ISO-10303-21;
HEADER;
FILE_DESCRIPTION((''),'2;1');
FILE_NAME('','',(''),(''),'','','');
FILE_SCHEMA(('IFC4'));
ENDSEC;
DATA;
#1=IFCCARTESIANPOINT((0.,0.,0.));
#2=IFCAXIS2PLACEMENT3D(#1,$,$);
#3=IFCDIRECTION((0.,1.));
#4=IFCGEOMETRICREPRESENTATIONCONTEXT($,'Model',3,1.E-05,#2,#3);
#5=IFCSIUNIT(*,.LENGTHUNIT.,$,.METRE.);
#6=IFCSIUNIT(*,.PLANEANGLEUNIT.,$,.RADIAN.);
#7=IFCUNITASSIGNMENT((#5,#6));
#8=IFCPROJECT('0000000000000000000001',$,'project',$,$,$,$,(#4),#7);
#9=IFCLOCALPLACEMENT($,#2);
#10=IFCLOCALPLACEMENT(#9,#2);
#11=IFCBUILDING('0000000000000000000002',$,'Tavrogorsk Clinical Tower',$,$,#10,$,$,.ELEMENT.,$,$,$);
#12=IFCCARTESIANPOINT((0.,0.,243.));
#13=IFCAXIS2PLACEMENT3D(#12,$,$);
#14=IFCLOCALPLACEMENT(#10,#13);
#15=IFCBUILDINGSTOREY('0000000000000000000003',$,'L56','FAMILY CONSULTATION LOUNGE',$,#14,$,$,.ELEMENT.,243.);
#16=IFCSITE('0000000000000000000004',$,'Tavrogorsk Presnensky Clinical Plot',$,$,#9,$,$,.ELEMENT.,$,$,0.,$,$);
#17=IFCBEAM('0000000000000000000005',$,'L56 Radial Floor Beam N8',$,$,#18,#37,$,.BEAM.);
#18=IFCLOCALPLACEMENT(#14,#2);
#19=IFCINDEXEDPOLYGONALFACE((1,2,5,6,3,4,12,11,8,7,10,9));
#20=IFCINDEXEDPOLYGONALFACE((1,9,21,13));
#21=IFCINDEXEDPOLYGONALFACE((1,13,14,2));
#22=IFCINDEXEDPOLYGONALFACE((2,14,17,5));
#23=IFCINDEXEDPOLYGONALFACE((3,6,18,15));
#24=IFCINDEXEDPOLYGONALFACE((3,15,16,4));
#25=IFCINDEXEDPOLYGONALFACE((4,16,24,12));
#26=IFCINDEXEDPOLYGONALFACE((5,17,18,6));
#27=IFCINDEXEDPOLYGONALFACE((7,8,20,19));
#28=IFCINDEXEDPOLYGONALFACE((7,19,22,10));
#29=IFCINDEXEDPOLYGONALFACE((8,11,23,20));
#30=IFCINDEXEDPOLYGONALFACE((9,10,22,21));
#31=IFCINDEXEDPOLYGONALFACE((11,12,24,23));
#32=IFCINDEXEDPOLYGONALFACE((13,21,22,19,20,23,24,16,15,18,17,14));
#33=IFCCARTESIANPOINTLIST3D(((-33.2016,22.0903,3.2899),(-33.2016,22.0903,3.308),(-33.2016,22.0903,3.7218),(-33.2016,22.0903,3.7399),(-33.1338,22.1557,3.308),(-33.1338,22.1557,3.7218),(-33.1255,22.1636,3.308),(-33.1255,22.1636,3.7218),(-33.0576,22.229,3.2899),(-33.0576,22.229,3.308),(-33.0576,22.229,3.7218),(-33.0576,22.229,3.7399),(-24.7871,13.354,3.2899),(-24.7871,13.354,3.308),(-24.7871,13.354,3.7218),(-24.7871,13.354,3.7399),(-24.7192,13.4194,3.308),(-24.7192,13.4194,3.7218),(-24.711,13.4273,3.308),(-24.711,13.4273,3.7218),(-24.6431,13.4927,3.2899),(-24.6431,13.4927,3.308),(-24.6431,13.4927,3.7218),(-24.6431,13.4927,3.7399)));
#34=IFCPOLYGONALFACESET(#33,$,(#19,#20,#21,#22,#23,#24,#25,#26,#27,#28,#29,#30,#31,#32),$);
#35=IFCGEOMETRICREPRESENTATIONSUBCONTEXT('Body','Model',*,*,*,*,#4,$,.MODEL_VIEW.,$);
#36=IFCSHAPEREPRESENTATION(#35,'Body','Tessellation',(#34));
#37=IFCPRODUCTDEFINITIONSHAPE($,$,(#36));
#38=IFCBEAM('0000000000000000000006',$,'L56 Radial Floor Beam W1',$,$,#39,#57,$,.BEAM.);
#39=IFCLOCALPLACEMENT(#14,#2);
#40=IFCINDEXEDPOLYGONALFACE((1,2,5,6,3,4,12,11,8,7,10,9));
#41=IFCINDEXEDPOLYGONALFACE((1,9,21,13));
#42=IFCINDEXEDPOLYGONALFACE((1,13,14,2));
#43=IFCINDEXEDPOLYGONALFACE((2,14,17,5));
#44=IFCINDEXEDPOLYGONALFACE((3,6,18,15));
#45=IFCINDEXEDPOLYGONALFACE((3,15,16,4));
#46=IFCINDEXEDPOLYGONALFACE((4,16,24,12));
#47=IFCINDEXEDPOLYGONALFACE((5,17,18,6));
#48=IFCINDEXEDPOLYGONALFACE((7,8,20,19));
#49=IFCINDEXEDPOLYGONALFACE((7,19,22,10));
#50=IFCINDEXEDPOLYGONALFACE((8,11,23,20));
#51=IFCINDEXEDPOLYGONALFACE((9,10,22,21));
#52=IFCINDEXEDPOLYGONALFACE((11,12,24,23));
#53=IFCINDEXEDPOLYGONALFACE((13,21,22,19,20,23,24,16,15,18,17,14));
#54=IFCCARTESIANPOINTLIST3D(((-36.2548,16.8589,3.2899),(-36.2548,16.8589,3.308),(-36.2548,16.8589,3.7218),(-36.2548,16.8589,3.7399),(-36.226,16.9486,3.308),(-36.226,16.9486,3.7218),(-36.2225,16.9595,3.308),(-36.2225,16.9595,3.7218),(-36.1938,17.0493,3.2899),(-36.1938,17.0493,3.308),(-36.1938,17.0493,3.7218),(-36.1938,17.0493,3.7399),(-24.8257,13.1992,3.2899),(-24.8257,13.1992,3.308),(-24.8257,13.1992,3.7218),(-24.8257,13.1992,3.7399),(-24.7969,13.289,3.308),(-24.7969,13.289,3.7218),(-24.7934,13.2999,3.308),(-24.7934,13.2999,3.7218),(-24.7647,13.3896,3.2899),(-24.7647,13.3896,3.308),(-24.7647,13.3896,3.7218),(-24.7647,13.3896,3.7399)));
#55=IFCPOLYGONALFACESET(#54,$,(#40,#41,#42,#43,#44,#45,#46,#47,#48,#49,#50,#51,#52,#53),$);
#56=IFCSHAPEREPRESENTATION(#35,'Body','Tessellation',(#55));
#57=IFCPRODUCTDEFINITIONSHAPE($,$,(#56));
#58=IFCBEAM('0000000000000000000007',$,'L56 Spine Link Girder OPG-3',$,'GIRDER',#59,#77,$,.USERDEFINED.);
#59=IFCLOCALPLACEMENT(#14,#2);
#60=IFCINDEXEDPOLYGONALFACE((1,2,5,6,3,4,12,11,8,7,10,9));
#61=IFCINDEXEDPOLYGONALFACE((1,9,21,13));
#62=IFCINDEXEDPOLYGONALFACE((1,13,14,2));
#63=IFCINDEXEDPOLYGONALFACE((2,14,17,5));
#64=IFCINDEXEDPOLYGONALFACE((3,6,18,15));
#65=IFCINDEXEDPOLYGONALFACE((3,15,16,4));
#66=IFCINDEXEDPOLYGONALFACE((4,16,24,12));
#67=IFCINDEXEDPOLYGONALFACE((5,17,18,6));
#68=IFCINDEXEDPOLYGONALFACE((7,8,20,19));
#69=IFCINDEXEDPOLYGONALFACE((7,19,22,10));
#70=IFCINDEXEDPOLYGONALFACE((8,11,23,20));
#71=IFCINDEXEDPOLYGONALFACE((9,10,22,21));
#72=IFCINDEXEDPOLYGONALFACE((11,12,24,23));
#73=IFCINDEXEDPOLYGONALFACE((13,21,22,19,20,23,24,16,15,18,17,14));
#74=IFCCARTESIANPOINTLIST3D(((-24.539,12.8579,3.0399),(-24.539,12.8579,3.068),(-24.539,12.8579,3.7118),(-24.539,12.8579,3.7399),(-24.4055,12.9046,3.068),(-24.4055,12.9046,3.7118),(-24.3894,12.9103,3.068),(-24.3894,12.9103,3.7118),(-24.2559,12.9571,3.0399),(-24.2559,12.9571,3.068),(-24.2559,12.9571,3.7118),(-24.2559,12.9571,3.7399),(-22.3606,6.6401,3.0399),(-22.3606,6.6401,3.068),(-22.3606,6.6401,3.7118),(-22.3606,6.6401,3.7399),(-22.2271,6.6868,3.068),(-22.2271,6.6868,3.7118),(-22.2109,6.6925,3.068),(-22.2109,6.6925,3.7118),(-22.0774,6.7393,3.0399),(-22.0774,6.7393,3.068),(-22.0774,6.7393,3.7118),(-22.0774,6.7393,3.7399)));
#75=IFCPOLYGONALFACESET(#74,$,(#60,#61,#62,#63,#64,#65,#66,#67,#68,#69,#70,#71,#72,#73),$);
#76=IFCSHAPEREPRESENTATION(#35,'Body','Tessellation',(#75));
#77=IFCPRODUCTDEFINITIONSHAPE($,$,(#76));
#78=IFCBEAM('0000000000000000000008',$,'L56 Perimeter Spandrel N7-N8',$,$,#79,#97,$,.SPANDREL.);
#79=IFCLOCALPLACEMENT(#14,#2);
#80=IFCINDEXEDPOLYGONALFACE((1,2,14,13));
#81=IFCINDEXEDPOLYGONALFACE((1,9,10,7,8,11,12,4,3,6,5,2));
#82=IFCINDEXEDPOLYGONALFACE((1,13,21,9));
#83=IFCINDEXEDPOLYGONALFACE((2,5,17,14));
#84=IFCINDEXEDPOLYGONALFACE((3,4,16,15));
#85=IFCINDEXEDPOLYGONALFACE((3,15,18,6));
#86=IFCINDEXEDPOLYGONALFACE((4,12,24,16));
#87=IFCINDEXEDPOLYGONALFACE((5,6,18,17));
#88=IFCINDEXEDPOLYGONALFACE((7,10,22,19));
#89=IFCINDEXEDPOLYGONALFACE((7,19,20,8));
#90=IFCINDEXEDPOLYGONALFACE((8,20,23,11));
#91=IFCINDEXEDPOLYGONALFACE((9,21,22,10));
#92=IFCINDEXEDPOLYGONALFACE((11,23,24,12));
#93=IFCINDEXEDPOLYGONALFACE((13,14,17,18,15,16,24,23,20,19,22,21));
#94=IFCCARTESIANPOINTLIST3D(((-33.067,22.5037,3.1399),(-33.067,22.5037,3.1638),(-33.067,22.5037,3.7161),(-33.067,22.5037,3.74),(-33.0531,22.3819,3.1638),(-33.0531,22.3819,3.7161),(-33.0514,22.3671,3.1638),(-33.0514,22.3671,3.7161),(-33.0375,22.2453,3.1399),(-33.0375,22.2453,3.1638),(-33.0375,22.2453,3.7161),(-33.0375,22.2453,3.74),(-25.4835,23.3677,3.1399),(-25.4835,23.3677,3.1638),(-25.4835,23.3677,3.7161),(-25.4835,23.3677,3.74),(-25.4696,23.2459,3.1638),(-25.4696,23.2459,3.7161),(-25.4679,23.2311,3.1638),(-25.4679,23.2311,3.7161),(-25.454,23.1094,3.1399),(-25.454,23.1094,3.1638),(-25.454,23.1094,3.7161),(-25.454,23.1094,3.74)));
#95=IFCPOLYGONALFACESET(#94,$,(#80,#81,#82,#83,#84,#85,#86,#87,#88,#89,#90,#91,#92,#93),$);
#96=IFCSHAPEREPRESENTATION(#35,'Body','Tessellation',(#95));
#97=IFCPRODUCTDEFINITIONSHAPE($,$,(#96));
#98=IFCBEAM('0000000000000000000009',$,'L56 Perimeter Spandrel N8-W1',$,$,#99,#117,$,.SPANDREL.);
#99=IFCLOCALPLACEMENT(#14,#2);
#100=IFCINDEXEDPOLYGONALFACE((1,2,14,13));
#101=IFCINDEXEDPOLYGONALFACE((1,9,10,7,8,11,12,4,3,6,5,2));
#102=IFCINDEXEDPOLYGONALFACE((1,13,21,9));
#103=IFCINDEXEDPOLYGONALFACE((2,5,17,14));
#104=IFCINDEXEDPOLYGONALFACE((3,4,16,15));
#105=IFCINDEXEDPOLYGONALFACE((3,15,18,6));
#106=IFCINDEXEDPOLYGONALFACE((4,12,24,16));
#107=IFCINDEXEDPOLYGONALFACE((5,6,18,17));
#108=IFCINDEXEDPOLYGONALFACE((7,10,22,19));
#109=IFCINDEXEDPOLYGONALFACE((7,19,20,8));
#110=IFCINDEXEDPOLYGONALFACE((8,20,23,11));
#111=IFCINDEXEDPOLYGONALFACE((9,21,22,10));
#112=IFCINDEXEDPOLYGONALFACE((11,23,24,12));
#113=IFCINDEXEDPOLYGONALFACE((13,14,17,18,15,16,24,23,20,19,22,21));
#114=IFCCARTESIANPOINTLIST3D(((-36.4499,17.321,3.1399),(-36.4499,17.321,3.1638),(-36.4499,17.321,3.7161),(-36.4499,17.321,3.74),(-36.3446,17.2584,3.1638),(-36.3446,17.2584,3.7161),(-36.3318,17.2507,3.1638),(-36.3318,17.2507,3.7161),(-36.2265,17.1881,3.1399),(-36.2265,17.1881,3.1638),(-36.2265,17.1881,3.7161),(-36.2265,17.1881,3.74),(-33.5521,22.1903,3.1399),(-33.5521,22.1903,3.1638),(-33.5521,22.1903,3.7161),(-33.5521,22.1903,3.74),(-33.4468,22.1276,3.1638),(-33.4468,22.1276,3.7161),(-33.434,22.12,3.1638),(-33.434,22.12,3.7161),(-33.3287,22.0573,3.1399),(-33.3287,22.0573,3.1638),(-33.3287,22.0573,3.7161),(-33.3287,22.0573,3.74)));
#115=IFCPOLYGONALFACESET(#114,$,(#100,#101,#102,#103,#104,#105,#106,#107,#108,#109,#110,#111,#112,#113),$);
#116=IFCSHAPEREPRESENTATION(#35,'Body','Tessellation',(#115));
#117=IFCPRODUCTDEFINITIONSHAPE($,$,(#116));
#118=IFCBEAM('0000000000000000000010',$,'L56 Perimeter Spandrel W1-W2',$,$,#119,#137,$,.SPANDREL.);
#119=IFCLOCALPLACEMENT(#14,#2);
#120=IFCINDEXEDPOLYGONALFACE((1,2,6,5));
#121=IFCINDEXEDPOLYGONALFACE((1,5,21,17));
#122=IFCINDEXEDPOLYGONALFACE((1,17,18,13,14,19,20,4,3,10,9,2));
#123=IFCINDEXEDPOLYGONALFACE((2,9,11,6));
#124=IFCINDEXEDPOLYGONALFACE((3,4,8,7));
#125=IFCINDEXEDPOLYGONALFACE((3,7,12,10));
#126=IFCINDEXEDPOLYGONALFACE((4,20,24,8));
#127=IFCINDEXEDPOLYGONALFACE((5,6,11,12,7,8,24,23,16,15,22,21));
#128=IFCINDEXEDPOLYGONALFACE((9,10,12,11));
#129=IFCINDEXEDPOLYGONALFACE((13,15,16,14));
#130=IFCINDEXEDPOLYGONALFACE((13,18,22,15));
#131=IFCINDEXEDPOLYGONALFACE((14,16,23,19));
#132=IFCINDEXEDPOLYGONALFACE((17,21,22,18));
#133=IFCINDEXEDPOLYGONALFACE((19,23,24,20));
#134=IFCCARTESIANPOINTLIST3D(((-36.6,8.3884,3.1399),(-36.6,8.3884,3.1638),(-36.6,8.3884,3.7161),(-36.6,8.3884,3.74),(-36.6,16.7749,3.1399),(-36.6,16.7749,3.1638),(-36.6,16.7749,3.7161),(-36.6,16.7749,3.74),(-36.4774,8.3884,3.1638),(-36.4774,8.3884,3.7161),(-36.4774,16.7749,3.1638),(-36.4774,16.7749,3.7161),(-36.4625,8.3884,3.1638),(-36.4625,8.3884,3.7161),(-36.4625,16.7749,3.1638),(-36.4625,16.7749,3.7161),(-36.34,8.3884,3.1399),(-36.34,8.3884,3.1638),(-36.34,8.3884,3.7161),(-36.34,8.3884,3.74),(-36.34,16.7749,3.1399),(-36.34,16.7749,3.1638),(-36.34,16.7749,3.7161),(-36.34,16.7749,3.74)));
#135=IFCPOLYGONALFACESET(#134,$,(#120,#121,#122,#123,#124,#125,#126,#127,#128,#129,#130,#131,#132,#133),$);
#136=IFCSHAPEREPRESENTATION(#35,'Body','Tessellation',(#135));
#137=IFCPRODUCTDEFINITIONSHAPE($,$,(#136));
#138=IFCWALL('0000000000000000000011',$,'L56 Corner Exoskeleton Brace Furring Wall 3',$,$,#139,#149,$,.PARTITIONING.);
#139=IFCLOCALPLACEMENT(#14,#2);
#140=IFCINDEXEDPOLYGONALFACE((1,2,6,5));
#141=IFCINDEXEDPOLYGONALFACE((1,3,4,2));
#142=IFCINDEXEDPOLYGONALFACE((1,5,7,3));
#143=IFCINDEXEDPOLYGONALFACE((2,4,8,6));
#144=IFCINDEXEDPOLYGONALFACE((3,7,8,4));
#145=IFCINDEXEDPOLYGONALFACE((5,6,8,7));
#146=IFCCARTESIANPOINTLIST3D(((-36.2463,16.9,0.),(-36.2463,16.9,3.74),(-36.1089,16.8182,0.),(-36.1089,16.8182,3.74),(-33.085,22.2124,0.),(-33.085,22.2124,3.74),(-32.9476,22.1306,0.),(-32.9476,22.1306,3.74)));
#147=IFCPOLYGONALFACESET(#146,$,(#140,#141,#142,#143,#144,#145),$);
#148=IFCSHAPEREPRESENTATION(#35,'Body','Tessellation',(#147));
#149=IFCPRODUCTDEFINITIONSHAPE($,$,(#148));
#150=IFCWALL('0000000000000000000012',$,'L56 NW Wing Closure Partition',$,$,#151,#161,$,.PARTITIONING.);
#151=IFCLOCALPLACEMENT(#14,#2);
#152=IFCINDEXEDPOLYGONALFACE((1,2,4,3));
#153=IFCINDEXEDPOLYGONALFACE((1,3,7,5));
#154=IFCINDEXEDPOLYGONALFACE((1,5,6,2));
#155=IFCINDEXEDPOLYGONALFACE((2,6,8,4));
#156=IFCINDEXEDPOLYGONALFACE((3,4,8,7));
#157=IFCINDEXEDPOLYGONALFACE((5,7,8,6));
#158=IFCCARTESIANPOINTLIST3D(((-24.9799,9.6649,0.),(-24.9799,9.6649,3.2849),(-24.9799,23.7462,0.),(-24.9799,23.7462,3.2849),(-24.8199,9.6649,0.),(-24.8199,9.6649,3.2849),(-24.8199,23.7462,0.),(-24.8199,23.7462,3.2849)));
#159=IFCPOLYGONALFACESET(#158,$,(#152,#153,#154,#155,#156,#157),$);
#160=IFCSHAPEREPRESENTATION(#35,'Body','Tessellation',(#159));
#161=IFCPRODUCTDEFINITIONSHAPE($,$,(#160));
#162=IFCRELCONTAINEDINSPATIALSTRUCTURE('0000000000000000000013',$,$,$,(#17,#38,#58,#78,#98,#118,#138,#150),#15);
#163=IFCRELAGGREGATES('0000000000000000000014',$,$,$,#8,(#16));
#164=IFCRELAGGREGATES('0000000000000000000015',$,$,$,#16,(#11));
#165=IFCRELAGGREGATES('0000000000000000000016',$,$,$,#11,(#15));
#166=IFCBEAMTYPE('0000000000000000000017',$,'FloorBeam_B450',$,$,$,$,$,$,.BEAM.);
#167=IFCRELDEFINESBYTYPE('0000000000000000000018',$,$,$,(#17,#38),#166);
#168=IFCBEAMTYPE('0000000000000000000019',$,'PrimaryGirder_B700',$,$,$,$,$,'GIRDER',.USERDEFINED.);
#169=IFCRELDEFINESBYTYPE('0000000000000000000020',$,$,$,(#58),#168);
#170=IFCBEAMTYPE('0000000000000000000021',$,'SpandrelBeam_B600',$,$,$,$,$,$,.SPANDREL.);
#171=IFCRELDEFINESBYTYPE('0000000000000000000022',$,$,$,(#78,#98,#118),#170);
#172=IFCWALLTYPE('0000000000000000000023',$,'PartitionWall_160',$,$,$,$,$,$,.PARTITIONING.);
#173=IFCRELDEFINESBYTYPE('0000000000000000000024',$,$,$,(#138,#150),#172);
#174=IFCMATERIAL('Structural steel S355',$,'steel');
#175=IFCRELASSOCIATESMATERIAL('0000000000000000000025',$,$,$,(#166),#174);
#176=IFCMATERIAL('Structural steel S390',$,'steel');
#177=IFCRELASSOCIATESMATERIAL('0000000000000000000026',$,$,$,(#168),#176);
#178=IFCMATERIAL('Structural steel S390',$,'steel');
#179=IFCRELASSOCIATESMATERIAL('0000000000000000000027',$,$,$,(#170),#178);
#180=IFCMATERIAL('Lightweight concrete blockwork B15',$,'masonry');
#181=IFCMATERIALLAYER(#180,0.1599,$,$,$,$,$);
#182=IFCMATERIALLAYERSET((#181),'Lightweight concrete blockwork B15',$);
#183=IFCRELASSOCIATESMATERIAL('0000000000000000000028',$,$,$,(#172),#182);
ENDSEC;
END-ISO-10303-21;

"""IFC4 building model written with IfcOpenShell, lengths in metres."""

from ifc_helpers import new_model, si_unit, direction, frame, frame_2d, origin, origin_2d, place, context, subcontext, project, spatial, rectangle, i_section, extrude, material, layer, layer_set, material_profile, profile_set, type_object, element, save


model = new_model("IFC4")

# Units and contexts
model_context = context("Model", 3, precision=1e-05, world=origin(), true_north=direction((0.0, 1.0)))
body_context = subcontext(model_context, "Body", "Model", "MODEL_VIEW")
ifc_project = project(units=[si_unit("LENGTHUNIT", "METRE"), si_unit("PLANEANGLEUNIT", "RADIAN")], contexts=[model_context])

# Site, building, storey
site_placement = place(None, origin())
site = spatial("IfcSite", under=ifc_project, at=site_placement, Name="Tavrogorsk Presnensky Clinical Plot", CompositionType="ELEMENT", RefElevation=0.0)
building_placement = place(site_placement, origin())
building = spatial("IfcBuilding", under=site, at=building_placement, Name="Tavrogorsk Clinical Tower", CompositionType="ELEMENT")
storey_placement = place(building_placement, frame((0.0, 0.0, 243.0)))
storey = spatial("IfcBuildingStorey", under=building, at=storey_placement, Name="L56", Description="FAMILY CONSULTATION LOUNGE", CompositionType="ELEMENT", Elevation=243.0)

# Beams
ifc_material_1 = material(Name="Structural steel S355", Category="steel")
ifc_material_profile_1 = material_profile(ifc_material_1, i_section(OverallWidth=0.2, OverallDepth=0.45, WebThickness=0.0115, FlangeThickness=0.0181, at=origin_2d()), Name="B-450x200x11.5x18")
ifc_profile_set_1 = profile_set([ifc_material_profile_1], Name="Structural steel S355")
beam_type_1 = type_object("IfcBeamType", Name="FloorBeam_B450", PredefinedType="BEAM", material=ifc_profile_set_1)
beam_1_placement = place(storey_placement, frame((-24.7151, 13.4233, 3.5149), z_axis=(-0.693718, 0.720246, 0.0), x_axis=(-0.720246, -0.693718, 0.0)))
element("IfcBeam", 1, at=beam_1_placement, inside=storey, type_object=beam_type_1, Name="L56 Radial Floor Beam N8", PredefinedType="BEAM", context=body_context, shape_type="SweptSolid", body=[
    extrude(i_section(OverallWidth=0.2, OverallDepth=0.45, WebThickness=0.0115, FlangeThickness=0.0181, at=origin_2d()), origin(), (0.0, 0.0, 1.0), 12.1296),
])
beam_2_placement = place(storey_placement, frame((-24.7952, 13.2944, 3.5149), z_axis=(-0.952368, 0.304951, 0.0), x_axis=(-0.304951, -0.952368, 0.0)))
element("IfcBeam", 2, at=beam_2_placement, inside=storey, type_object=beam_type_1, Name="L56 Radial Floor Beam W1", PredefinedType="BEAM", context=body_context, shape_type="SweptSolid", body=[
    extrude(i_section(OverallWidth=0.2, OverallDepth=0.45, WebThickness=0.0115, FlangeThickness=0.0181, at=origin_2d()), origin(), (0.0, 0.0, 1.0), 12.0007),
])
ifc_material_2 = material(Name="Structural steel S390", Category="steel")
ifc_material_profile_2 = material_profile(ifc_material_2, i_section(OverallWidth=0.3, OverallDepth=0.7, WebThickness=0.0171, FlangeThickness=0.0281, at=origin_2d()), Name="B-700x300x17x28")
ifc_profile_set_2 = profile_set([ifc_material_profile_2], Name="Structural steel S390")
beam_type_2 = type_object("IfcBeamType", Name="PrimaryGirder_B700", ElementType="GIRDER", PredefinedType="USERDEFINED", material=ifc_profile_set_2)
beam_3_placement = place(storey_placement, frame((-24.3975, 12.9075, 3.3899), z_axis=(0.330654, -0.943752, 0.0), x_axis=(0.943752, 0.330654, 0.0)))
element("IfcBeam", 3, at=beam_3_placement, inside=storey, type_object=beam_type_2, Name="L56 Spine Link Girder OPG-3", ObjectType="GIRDER", PredefinedType="USERDEFINED", context=body_context, shape_type="SweptSolid", body=[
    extrude(i_section(OverallWidth=0.3, OverallDepth=0.7, WebThickness=0.0171, FlangeThickness=0.0281, at=origin_2d()), origin(), (0.0, 0.0, 1.0), 6.5884),
])
ifc_material_3 = material(Name="Structural steel S390", Category="steel")
ifc_material_profile_3 = material_profile(ifc_material_3, i_section(OverallWidth=0.26, OverallDepth=0.6001, WebThickness=0.0149, FlangeThickness=0.0239, at=origin_2d()), Name="B-600x260x15x24")
ifc_profile_set_3 = profile_set([ifc_material_profile_3], Name="Structural steel S390")
beam_type_3 = type_object("IfcBeamType", Name="SpandrelBeam_B600", PredefinedType="SPANDREL", material=ifc_profile_set_3)
beam_4_placement = place(storey_placement, frame((-25.4688, 23.2385, 3.4399), z_axis=(-0.993572, -0.113201, 0.0), x_axis=(0.113201, -0.993572, 0.0)))
element("IfcBeam", 4, at=beam_4_placement, inside=storey, type_object=beam_type_3, Name="L56 Perimeter Spandrel N7-N8", PredefinedType="SPANDREL", context=body_context, shape_type="SweptSolid", body=[
    extrude(i_section(OverallWidth=0.26, OverallDepth=0.6001, WebThickness=0.0149, FlangeThickness=0.0239, at=origin_2d()), origin(), (0.0, 0.0, 1.0), 7.6326),
])
beam_5_placement = place(storey_placement, frame((-33.4404, 22.1238, 3.4399), z_axis=(-0.511407, -0.859339, 0.0), x_axis=(0.859339, -0.511407, 0.0)))
element("IfcBeam", 5, at=beam_5_placement, inside=storey, type_object=beam_type_3, Name="L56 Perimeter Spandrel N8-W1", PredefinedType="SPANDREL", context=body_context, shape_type="SweptSolid", body=[
    extrude(i_section(OverallWidth=0.26, OverallDepth=0.6001, WebThickness=0.0149, FlangeThickness=0.0239, at=origin_2d()), origin(), (0.0, 0.0, 1.0), 5.6663),
])
beam_6_placement = place(storey_placement, frame((-36.47, 16.7749, 3.4399), z_axis=(0.0, -1.0, 0.0), x_axis=(1.0, 0.0, 0.0)))
element("IfcBeam", 6, at=beam_6_placement, inside=storey, type_object=beam_type_3, Name="L56 Perimeter Spandrel W1-W2", PredefinedType="SPANDREL", context=body_context, shape_type="SweptSolid", body=[
    extrude(i_section(OverallWidth=0.26, OverallDepth=0.6001, WebThickness=0.0149, FlangeThickness=0.0239, at=origin_2d()), origin(), (0.0, 0.0, 1.0), 8.3865),
])

# Walls
ifc_material_4 = material(Name="Lightweight concrete blockwork B15", Category="masonry")
ifc_layer_1 = layer(ifc_material_4, 0.1599)
ifc_layer_set_1 = layer_set([ifc_layer_1], Name="Lightweight concrete blockwork B15")
wall_type_1 = type_object("IfcWallType", Name="PartitionWall_160", PredefinedType="PARTITIONING", material=ifc_layer_set_1)
wall_1_placement = place(storey_placement, frame((-33.0164, 22.1714, 0.0), z_axis=(0.0, 0.0, 1.0), x_axis=(-0.511385, -0.859352, 0.0)))
element("IfcWall", 7, at=wall_1_placement, inside=storey, type_object=wall_type_1, Name="L56 Corner Exoskeleton Brace Furring Wall 3", PredefinedType="PARTITIONING", context=body_context, shape_type="SweptSolid", body=[
    extrude(rectangle(XDim=6.1819, YDim=0.1599, at=frame_2d((3.0908, 0.0))), origin(), (0.0, 0.0, 1.0), 3.74),
])
wall_2_placement = place(storey_placement, frame((-24.8999, 9.665, 0.0), z_axis=(0.0, 0.0, 1.0), x_axis=(0.0, 1.0, 0.0)))
element("IfcWall", 8, at=wall_2_placement, inside=storey, type_object=wall_type_1, Name="L56 NW Wing Closure Partition", PredefinedType="PARTITIONING", context=body_context, shape_type="SweptSolid", body=[
    extrude(rectangle(XDim=14.0813, YDim=0.1599, at=frame_2d((7.0405, 0.0))), origin(), (0.0, 0.0, 1.0), 3.2849),
])

save(model, "model.ifc")
